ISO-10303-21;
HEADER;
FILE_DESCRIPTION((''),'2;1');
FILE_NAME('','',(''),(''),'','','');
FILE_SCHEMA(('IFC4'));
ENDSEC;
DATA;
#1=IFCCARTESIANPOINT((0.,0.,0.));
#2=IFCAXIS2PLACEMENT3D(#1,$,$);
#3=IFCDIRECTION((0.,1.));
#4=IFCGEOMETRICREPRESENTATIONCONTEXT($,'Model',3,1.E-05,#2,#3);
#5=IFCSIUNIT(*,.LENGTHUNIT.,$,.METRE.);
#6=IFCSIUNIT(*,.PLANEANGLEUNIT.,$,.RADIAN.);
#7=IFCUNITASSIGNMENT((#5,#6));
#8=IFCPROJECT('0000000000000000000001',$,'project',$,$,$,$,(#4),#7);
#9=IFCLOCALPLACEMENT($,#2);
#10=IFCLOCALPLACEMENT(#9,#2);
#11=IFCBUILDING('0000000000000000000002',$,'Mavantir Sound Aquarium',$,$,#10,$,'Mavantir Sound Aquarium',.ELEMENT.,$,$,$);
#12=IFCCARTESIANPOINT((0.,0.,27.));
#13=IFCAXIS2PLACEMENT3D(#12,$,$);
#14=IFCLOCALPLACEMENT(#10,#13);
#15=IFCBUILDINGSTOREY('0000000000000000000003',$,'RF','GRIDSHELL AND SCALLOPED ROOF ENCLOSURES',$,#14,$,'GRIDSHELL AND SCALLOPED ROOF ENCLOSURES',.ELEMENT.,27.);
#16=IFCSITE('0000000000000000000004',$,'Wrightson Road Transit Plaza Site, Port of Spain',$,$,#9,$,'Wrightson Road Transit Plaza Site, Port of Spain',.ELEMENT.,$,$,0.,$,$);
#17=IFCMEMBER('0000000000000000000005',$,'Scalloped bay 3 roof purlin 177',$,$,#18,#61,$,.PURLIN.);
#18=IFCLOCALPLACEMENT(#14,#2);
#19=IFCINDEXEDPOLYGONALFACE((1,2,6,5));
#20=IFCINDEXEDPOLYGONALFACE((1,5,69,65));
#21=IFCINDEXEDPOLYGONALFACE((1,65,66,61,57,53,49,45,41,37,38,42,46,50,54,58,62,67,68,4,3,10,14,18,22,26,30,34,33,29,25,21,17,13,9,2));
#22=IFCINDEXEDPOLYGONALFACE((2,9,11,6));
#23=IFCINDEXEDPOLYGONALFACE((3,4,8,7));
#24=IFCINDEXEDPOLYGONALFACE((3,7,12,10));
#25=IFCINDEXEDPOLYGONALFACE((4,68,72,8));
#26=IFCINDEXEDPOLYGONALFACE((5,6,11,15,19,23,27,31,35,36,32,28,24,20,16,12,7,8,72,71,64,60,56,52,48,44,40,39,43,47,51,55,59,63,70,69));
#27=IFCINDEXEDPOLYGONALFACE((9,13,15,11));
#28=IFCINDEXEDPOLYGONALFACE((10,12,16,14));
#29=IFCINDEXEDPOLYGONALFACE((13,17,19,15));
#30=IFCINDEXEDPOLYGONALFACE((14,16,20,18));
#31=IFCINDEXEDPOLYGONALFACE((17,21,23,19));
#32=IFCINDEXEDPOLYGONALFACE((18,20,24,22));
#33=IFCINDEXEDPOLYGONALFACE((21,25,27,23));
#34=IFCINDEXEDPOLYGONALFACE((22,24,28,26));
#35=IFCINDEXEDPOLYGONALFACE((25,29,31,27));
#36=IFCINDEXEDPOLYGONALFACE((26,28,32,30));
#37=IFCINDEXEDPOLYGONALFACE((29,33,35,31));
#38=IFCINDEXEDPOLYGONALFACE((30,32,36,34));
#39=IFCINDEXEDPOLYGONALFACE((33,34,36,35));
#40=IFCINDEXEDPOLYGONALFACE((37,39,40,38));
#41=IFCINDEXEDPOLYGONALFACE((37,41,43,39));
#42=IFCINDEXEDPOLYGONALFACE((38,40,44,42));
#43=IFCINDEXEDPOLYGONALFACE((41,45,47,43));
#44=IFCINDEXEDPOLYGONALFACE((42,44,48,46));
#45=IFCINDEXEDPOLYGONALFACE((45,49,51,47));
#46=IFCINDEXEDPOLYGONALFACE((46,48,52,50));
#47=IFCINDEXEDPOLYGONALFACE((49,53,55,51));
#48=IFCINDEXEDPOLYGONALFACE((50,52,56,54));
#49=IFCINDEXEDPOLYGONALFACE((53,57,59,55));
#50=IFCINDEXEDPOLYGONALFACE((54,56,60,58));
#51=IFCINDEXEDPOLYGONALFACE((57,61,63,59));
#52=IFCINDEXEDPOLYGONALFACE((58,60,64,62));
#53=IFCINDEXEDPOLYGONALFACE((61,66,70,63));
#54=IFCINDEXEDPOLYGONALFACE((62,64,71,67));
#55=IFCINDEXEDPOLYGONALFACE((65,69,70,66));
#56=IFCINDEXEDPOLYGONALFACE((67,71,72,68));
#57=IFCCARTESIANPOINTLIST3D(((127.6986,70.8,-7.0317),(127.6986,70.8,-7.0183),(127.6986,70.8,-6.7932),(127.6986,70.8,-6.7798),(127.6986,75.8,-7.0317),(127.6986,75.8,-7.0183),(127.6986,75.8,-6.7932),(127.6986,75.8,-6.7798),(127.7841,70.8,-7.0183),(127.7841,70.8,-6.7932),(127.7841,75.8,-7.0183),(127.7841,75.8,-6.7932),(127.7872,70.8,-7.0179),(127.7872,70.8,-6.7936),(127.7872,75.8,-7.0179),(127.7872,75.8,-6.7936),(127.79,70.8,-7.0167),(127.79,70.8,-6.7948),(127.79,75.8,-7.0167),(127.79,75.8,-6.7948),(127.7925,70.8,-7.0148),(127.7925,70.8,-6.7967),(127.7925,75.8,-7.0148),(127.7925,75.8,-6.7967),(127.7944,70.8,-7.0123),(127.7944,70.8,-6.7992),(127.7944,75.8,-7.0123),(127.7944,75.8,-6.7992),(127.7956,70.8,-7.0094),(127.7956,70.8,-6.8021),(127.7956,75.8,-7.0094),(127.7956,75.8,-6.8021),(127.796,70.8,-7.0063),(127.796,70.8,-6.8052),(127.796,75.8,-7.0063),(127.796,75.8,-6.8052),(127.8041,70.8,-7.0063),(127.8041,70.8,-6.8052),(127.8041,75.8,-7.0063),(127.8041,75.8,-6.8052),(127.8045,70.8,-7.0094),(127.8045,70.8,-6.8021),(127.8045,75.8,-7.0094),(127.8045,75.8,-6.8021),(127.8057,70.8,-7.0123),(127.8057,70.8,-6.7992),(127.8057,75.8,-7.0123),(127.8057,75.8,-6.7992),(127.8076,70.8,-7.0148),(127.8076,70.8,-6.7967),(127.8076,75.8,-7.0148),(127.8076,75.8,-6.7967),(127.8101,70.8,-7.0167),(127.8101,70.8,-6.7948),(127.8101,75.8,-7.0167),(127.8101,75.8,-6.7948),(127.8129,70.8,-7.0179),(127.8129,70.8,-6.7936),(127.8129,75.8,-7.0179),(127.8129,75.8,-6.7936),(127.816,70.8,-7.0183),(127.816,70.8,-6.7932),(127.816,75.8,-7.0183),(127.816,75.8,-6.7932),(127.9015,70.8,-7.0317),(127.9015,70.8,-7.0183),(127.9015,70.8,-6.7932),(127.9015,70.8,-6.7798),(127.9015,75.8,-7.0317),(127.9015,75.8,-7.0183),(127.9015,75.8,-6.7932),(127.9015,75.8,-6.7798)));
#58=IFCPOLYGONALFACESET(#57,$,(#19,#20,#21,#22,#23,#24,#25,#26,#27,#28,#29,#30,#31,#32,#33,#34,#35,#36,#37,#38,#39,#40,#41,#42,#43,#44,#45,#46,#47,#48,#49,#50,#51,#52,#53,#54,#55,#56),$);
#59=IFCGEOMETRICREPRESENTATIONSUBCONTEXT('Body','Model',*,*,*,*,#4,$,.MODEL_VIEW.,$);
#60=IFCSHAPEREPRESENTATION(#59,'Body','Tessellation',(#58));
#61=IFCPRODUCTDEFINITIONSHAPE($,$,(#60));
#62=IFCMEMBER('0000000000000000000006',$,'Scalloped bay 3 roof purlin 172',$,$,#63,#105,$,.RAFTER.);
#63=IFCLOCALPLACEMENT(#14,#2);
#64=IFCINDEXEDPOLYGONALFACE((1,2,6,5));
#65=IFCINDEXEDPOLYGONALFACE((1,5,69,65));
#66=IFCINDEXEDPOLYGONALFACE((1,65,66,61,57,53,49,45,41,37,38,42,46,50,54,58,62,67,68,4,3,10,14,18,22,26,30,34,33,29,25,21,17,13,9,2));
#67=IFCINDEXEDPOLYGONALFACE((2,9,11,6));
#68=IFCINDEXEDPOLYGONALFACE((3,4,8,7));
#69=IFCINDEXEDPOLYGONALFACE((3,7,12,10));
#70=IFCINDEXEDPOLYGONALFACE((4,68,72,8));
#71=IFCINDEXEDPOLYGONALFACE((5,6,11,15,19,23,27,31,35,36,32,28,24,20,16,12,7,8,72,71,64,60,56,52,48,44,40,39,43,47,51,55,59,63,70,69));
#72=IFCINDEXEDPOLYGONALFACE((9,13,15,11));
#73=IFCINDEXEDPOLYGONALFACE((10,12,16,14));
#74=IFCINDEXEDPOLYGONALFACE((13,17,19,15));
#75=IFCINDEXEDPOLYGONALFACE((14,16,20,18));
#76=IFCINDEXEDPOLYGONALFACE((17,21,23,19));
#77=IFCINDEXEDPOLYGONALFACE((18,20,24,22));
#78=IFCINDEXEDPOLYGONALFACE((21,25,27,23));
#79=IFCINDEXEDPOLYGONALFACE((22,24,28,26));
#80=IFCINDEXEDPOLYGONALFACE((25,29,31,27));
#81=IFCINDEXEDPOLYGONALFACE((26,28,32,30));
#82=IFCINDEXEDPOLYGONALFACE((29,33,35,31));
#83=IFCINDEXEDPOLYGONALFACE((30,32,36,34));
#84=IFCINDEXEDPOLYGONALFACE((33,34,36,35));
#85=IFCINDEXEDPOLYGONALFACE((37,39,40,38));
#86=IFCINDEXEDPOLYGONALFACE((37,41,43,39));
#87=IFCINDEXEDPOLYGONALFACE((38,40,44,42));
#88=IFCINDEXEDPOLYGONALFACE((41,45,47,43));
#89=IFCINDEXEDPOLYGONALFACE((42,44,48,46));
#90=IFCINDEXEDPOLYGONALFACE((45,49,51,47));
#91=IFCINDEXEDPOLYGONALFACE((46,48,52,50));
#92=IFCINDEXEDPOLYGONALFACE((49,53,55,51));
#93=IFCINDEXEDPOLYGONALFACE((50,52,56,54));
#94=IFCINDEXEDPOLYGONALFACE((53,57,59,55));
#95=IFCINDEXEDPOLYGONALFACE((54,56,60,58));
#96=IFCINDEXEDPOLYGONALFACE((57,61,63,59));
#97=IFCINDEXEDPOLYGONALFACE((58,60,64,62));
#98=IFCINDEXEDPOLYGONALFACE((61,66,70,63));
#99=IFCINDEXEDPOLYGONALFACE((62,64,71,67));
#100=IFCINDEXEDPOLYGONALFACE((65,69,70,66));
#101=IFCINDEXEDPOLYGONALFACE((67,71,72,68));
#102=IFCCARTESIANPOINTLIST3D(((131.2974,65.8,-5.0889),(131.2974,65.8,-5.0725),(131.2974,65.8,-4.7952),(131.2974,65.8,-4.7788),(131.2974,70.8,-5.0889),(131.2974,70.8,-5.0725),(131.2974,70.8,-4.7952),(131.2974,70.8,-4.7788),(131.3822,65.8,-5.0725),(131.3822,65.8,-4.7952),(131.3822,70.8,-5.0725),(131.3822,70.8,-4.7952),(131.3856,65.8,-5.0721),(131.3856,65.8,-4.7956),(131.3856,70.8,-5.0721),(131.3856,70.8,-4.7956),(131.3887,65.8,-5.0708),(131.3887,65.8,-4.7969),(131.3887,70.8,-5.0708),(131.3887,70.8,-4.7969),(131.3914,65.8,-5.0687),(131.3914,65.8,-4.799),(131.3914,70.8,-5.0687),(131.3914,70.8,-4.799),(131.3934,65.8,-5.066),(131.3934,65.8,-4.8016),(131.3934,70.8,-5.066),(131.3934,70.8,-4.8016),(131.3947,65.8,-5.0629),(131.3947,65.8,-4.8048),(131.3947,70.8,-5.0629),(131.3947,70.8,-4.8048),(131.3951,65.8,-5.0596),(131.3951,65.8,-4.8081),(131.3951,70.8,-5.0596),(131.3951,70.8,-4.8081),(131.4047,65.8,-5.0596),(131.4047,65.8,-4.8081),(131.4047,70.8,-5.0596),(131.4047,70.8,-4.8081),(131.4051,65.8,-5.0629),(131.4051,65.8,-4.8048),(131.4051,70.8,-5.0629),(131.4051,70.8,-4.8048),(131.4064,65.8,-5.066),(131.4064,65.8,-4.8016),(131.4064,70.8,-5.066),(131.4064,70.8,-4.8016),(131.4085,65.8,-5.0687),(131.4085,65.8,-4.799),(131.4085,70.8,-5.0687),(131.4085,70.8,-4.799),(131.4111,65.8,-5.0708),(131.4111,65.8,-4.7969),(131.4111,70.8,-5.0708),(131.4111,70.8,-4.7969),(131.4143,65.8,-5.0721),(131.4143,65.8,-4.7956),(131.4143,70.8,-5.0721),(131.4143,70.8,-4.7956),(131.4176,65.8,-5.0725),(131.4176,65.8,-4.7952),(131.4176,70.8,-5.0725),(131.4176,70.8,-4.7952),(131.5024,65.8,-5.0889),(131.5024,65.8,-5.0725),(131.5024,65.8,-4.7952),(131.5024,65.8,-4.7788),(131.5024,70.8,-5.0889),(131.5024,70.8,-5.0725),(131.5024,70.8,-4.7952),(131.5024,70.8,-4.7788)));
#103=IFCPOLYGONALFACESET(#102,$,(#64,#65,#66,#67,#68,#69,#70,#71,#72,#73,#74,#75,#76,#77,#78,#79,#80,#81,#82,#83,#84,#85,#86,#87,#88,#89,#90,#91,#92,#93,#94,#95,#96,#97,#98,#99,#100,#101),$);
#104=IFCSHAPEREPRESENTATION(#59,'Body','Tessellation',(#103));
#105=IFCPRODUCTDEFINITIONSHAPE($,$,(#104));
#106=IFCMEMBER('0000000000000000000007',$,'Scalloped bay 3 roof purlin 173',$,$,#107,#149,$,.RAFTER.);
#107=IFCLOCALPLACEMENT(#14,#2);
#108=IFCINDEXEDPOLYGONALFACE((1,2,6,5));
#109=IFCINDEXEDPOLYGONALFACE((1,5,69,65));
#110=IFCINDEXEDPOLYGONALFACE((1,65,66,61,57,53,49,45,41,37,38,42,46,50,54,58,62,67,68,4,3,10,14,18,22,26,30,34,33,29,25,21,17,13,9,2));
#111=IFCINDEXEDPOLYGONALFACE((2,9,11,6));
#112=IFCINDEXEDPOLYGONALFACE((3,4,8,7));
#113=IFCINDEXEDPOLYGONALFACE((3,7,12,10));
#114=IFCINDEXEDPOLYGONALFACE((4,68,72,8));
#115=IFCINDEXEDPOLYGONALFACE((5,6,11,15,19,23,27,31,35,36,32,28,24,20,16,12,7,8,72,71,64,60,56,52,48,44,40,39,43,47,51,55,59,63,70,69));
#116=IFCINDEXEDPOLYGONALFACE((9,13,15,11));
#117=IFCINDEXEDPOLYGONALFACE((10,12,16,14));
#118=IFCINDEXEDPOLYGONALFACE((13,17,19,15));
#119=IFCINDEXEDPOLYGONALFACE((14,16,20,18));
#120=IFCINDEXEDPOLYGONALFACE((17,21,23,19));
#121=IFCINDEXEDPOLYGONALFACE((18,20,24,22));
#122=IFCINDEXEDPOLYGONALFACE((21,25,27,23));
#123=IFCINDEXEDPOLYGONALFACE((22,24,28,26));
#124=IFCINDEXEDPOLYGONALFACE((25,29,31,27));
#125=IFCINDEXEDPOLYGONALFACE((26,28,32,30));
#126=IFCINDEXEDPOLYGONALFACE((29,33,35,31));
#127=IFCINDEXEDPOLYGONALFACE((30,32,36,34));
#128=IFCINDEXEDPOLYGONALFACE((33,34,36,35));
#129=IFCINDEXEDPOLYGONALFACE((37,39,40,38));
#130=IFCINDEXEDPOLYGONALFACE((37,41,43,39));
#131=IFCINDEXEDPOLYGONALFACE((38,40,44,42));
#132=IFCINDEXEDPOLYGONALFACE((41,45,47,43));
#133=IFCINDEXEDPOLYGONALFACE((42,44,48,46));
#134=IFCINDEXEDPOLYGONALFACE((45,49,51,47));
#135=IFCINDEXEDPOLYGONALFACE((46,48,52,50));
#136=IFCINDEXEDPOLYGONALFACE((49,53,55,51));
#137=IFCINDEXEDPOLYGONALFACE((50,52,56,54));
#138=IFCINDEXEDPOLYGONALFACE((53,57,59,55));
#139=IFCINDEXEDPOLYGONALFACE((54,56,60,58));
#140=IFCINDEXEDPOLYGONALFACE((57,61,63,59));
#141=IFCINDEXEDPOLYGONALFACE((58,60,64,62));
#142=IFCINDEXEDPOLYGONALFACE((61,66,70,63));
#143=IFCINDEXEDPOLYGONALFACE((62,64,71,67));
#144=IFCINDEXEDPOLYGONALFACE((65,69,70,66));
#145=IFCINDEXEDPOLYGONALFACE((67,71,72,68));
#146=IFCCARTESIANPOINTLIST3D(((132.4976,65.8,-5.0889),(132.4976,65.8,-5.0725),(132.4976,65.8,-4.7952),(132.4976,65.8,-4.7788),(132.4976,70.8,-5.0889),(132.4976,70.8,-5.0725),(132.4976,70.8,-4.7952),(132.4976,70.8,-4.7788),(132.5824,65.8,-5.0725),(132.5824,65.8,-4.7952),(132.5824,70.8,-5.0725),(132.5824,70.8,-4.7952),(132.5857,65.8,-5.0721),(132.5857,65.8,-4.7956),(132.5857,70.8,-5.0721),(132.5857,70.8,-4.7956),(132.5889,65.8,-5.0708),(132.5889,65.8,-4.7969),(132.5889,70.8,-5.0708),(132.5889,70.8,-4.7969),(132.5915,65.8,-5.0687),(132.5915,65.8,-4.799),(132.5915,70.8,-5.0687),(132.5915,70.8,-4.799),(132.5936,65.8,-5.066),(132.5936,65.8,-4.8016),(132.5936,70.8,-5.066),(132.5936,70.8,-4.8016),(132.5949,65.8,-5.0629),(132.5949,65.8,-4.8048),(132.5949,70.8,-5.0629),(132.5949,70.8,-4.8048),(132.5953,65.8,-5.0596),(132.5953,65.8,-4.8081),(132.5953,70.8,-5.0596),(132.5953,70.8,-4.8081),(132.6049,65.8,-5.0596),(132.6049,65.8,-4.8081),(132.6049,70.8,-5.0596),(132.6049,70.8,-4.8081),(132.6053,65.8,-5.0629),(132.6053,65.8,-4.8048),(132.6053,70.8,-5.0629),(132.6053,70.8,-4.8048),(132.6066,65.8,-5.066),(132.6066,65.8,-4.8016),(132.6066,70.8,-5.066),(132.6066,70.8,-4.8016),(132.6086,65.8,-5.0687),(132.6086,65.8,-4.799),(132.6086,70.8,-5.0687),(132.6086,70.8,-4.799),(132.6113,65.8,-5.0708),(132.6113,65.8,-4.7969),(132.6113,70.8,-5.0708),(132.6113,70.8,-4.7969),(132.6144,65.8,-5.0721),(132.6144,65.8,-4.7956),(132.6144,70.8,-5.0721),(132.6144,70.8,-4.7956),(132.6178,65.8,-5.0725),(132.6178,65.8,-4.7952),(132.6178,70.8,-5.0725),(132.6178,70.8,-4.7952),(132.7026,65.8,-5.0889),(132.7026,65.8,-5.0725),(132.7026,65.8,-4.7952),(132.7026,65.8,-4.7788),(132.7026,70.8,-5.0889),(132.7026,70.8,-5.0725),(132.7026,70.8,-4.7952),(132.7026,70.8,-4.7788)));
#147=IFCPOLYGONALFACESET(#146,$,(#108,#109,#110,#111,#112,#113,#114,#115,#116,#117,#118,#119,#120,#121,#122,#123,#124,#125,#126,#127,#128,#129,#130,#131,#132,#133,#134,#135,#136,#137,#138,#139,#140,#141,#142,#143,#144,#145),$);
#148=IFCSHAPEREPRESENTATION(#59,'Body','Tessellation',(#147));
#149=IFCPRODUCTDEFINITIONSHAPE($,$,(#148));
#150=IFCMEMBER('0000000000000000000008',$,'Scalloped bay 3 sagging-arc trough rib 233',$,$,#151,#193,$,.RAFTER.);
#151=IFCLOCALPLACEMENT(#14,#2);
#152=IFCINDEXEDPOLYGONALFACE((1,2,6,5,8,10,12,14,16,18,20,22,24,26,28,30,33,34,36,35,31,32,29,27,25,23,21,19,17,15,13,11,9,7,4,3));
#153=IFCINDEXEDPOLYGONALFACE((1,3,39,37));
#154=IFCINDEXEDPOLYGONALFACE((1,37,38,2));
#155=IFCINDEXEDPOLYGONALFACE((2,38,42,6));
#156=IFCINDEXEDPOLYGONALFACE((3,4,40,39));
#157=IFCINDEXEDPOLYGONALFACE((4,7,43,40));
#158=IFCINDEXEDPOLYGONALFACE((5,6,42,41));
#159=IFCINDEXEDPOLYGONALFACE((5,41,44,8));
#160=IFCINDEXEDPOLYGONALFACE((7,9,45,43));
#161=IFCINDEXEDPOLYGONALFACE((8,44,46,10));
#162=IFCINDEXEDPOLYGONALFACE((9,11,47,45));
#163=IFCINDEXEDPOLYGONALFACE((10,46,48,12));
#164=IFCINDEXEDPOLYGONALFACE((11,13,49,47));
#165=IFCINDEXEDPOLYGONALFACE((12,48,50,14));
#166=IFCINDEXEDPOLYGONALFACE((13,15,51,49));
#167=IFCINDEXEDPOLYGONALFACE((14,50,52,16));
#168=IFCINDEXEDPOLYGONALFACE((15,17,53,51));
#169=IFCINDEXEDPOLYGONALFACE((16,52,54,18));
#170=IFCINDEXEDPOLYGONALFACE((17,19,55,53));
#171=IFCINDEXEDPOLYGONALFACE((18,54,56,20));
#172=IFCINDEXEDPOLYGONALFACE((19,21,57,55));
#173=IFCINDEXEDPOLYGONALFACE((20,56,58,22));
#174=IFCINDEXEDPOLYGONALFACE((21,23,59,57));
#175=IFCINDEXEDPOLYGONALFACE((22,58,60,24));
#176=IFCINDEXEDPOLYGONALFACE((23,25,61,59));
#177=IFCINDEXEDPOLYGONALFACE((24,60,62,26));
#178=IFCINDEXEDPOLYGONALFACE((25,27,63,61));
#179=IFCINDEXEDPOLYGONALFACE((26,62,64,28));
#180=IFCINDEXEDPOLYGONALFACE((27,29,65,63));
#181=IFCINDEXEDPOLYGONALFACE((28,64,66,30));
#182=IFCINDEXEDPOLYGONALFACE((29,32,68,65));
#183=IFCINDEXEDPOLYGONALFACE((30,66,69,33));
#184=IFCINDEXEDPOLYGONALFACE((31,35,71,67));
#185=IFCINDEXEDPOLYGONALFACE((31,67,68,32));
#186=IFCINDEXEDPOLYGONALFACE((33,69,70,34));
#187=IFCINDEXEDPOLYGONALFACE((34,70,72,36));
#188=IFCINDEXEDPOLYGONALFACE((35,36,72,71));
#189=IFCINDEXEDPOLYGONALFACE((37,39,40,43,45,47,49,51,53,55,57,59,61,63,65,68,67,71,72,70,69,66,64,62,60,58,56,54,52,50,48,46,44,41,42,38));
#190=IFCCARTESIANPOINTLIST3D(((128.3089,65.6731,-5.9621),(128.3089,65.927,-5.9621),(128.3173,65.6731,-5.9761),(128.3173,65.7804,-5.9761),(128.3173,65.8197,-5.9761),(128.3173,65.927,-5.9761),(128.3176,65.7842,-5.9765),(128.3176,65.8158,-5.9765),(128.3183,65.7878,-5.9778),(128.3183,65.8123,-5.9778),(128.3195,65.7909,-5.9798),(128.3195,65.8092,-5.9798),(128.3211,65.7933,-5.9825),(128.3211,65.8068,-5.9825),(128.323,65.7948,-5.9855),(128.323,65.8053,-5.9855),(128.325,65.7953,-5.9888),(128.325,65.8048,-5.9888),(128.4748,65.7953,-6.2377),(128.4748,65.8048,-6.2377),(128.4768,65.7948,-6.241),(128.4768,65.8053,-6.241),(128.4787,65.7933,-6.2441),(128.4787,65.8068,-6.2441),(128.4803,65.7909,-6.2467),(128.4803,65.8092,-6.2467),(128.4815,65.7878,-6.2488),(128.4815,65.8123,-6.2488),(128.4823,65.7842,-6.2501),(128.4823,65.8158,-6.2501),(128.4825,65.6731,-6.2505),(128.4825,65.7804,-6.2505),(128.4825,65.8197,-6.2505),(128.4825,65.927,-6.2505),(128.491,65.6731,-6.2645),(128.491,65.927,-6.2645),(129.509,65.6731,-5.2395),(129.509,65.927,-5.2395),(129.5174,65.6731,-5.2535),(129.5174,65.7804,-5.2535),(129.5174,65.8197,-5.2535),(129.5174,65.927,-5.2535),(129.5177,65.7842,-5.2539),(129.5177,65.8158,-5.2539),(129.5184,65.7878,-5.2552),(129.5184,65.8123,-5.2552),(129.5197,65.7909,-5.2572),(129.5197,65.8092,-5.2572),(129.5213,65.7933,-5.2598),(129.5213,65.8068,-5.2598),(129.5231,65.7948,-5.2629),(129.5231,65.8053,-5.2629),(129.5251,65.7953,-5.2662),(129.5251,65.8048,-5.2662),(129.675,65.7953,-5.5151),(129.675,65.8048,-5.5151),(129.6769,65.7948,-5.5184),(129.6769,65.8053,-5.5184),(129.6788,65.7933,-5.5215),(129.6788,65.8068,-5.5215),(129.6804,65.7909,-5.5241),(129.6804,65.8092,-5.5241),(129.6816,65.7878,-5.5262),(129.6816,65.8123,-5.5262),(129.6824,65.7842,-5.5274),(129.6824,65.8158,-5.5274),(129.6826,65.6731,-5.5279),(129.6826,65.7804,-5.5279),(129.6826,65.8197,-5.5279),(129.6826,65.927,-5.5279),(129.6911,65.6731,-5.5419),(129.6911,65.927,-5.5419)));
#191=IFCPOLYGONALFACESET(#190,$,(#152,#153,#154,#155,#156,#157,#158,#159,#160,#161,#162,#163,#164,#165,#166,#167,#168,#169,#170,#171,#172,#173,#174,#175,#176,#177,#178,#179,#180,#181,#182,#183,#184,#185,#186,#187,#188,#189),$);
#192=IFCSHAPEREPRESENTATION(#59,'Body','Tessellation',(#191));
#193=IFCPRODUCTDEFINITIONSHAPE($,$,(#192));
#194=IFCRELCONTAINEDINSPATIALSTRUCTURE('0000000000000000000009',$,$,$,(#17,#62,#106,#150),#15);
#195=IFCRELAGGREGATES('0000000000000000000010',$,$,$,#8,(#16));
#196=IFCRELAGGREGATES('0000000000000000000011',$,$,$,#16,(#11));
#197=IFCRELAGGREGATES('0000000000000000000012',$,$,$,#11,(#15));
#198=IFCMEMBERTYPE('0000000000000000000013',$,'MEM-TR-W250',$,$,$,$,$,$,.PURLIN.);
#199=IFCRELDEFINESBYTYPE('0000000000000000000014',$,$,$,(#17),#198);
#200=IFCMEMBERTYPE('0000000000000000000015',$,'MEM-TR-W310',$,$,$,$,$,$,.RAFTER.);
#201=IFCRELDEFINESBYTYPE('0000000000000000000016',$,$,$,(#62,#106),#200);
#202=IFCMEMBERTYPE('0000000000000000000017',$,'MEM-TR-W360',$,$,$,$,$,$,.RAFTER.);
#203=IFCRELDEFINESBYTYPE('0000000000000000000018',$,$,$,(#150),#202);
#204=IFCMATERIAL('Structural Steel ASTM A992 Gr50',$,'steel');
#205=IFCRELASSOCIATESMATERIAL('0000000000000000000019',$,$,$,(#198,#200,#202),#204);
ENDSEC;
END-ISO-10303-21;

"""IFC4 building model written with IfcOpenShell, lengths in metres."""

from ifc_helpers import new_model, si_unit, direction, frame, origin, origin_2d, place, context, subcontext, project, spatial, i_section, extrude, material, material_profile, profile_set, type_object, element, save


model = new_model("IFC4")

# Units and contexts
model_context = context("Model", 3, precision=1e-05, world=origin(), true_north=direction((0.0, 1.0)))
body_context = subcontext(model_context, "Body", "Model", "MODEL_VIEW")
ifc_project = project(units=[si_unit("LENGTHUNIT", "METRE"), si_unit("PLANEANGLEUNIT", "RADIAN")], contexts=[model_context])

# Site, building, storey
site_placement = place(None, origin())
site = spatial("IfcSite", under=ifc_project, at=site_placement, Name="Wrightson Road Transit Plaza Site, Port of Spain", LongName="Wrightson Road Transit Plaza Site, Port of Spain", CompositionType="ELEMENT", RefElevation=0.0)
building_placement = place(site_placement, origin())
building = spatial("IfcBuilding", under=site, at=building_placement, Name="Mavantir Sound Aquarium", LongName="Mavantir Sound Aquarium", CompositionType="ELEMENT")
storey_placement = place(building_placement, frame((0.0, 0.0, 27.0)))
storey = spatial("IfcBuildingStorey", under=building, at=storey_placement, Name="RF", Description="GRIDSHELL AND SCALLOPED ROOF ENCLOSURES", LongName="GRIDSHELL AND SCALLOPED ROOF ENCLOSURES", CompositionType="ELEMENT", Elevation=27.0)

# Shared definitions
ifc_material_1 = material(Name="Structural Steel ASTM A992 Gr50", Category="steel")

# Members
ifc_material_profile_1 = material_profile(ifc_material_1, i_section(OverallWidth=0.2029, OverallDepth=0.252, WebThickness=0.0081, FlangeThickness=0.0134, FilletRadius=0.012, at=origin_2d()), Name="W250X58")
ifc_profile_set_1 = profile_set([ifc_material_profile_1], Name="Structural Steel ASTM A992 Gr50")
member_type_1 = type_object("IfcMemberType", Name="MEM-TR-W250", PredefinedType="PURLIN", material=ifc_profile_set_1)
for number, where, z_axis, x_axis, name in (
    (1, (127.8, 70.8, -6.9058), (0.0, 1.0, 0.0), (-1.0, 0.0, 0.0), "Scalloped bay 3 roof purlin 177"),
):
    element("IfcMember", number, at=place(storey_placement, frame(where, z_axis=z_axis, x_axis=x_axis)), inside=storey, type_object=member_type_1, Name=name, PredefinedType="PURLIN", context=body_context, shape_type="SweptSolid", body=[
        extrude(i_section(OverallWidth=0.2029, OverallDepth=0.252, WebThickness=0.0081, FlangeThickness=0.0134, FilletRadius=0.012, at=origin_2d()), origin(), (0.0, 0.0, 1.0), 5.0),
    ])
ifc_material_profile_2 = material_profile(ifc_material_1, i_section(OverallWidth=0.2051, OverallDepth=0.3101, WebThickness=0.0095, FlangeThickness=0.0164, FilletRadius=0.0129, at=origin_2d()), Name="W310X74")
ifc_profile_set_2 = profile_set([ifc_material_profile_2], Name="Structural Steel ASTM A992 Gr50")
member_type_2 = type_object("IfcMemberType", Name="MEM-TR-W310", PredefinedType="RAFTER", material=ifc_profile_set_2)
for number, where, z_axis, x_axis, name in (
    (2, (131.3999, 65.8, -4.9338), (0.0, 1.0, 0.0), (-1.0, 0.0, 0.0), "Scalloped bay 3 roof purlin 172"),
    (3, (132.6001, 65.8, -4.9338), (0.0, 1.0, 0.0), (-1.0, 0.0, 0.0), "Scalloped bay 3 roof purlin 173"),
):
    element("IfcMember", number, at=place(storey_placement, frame(where, z_axis=z_axis, x_axis=x_axis)), inside=storey, type_object=member_type_2, Name=name, PredefinedType="RAFTER", context=body_context, shape_type="SweptSolid", body=[
        extrude(i_section(OverallWidth=0.2051, OverallDepth=0.3101, WebThickness=0.0095, FlangeThickness=0.0164, FilletRadius=0.0129, at=origin_2d()), origin(), (0.0, 0.0, 1.0), 5.0),
    ])
ifc_material_profile_3 = material_profile(ifc_material_1, i_section(OverallWidth=0.2539, OverallDepth=0.353, WebThickness=0.0095, FlangeThickness=0.0164, FilletRadius=0.0149, at=origin_2d()), Name="W360X91")
ifc_profile_set_3 = profile_set([ifc_material_profile_3], Name="Structural Steel ASTM A992 Gr50")
member_type_3 = type_object("IfcMemberType", Name="MEM-TR-W360", PredefinedType="RAFTER", material=ifc_profile_set_3)
member_1_placement = place(storey_placement, frame((128.3999, 65.8, -6.1133), z_axis=(0.856692, 0.0, 0.515828), x_axis=(0.0, 1.0, 0.0)))
element("IfcMember", 4, at=member_1_placement, inside=storey, type_object=member_type_3, Name="Scalloped bay 3 sagging-arc trough rib 233", PredefinedType="RAFTER", context=body_context, shape_type="SweptSolid", body=[
    extrude(i_section(OverallWidth=0.2539, OverallDepth=0.353, WebThickness=0.0095, FlangeThickness=0.0164, FilletRadius=0.0149, at=origin_2d()), origin(), (0.0, 0.0, 1.0), 1.4009),
])

save(model, "model.ifc")
